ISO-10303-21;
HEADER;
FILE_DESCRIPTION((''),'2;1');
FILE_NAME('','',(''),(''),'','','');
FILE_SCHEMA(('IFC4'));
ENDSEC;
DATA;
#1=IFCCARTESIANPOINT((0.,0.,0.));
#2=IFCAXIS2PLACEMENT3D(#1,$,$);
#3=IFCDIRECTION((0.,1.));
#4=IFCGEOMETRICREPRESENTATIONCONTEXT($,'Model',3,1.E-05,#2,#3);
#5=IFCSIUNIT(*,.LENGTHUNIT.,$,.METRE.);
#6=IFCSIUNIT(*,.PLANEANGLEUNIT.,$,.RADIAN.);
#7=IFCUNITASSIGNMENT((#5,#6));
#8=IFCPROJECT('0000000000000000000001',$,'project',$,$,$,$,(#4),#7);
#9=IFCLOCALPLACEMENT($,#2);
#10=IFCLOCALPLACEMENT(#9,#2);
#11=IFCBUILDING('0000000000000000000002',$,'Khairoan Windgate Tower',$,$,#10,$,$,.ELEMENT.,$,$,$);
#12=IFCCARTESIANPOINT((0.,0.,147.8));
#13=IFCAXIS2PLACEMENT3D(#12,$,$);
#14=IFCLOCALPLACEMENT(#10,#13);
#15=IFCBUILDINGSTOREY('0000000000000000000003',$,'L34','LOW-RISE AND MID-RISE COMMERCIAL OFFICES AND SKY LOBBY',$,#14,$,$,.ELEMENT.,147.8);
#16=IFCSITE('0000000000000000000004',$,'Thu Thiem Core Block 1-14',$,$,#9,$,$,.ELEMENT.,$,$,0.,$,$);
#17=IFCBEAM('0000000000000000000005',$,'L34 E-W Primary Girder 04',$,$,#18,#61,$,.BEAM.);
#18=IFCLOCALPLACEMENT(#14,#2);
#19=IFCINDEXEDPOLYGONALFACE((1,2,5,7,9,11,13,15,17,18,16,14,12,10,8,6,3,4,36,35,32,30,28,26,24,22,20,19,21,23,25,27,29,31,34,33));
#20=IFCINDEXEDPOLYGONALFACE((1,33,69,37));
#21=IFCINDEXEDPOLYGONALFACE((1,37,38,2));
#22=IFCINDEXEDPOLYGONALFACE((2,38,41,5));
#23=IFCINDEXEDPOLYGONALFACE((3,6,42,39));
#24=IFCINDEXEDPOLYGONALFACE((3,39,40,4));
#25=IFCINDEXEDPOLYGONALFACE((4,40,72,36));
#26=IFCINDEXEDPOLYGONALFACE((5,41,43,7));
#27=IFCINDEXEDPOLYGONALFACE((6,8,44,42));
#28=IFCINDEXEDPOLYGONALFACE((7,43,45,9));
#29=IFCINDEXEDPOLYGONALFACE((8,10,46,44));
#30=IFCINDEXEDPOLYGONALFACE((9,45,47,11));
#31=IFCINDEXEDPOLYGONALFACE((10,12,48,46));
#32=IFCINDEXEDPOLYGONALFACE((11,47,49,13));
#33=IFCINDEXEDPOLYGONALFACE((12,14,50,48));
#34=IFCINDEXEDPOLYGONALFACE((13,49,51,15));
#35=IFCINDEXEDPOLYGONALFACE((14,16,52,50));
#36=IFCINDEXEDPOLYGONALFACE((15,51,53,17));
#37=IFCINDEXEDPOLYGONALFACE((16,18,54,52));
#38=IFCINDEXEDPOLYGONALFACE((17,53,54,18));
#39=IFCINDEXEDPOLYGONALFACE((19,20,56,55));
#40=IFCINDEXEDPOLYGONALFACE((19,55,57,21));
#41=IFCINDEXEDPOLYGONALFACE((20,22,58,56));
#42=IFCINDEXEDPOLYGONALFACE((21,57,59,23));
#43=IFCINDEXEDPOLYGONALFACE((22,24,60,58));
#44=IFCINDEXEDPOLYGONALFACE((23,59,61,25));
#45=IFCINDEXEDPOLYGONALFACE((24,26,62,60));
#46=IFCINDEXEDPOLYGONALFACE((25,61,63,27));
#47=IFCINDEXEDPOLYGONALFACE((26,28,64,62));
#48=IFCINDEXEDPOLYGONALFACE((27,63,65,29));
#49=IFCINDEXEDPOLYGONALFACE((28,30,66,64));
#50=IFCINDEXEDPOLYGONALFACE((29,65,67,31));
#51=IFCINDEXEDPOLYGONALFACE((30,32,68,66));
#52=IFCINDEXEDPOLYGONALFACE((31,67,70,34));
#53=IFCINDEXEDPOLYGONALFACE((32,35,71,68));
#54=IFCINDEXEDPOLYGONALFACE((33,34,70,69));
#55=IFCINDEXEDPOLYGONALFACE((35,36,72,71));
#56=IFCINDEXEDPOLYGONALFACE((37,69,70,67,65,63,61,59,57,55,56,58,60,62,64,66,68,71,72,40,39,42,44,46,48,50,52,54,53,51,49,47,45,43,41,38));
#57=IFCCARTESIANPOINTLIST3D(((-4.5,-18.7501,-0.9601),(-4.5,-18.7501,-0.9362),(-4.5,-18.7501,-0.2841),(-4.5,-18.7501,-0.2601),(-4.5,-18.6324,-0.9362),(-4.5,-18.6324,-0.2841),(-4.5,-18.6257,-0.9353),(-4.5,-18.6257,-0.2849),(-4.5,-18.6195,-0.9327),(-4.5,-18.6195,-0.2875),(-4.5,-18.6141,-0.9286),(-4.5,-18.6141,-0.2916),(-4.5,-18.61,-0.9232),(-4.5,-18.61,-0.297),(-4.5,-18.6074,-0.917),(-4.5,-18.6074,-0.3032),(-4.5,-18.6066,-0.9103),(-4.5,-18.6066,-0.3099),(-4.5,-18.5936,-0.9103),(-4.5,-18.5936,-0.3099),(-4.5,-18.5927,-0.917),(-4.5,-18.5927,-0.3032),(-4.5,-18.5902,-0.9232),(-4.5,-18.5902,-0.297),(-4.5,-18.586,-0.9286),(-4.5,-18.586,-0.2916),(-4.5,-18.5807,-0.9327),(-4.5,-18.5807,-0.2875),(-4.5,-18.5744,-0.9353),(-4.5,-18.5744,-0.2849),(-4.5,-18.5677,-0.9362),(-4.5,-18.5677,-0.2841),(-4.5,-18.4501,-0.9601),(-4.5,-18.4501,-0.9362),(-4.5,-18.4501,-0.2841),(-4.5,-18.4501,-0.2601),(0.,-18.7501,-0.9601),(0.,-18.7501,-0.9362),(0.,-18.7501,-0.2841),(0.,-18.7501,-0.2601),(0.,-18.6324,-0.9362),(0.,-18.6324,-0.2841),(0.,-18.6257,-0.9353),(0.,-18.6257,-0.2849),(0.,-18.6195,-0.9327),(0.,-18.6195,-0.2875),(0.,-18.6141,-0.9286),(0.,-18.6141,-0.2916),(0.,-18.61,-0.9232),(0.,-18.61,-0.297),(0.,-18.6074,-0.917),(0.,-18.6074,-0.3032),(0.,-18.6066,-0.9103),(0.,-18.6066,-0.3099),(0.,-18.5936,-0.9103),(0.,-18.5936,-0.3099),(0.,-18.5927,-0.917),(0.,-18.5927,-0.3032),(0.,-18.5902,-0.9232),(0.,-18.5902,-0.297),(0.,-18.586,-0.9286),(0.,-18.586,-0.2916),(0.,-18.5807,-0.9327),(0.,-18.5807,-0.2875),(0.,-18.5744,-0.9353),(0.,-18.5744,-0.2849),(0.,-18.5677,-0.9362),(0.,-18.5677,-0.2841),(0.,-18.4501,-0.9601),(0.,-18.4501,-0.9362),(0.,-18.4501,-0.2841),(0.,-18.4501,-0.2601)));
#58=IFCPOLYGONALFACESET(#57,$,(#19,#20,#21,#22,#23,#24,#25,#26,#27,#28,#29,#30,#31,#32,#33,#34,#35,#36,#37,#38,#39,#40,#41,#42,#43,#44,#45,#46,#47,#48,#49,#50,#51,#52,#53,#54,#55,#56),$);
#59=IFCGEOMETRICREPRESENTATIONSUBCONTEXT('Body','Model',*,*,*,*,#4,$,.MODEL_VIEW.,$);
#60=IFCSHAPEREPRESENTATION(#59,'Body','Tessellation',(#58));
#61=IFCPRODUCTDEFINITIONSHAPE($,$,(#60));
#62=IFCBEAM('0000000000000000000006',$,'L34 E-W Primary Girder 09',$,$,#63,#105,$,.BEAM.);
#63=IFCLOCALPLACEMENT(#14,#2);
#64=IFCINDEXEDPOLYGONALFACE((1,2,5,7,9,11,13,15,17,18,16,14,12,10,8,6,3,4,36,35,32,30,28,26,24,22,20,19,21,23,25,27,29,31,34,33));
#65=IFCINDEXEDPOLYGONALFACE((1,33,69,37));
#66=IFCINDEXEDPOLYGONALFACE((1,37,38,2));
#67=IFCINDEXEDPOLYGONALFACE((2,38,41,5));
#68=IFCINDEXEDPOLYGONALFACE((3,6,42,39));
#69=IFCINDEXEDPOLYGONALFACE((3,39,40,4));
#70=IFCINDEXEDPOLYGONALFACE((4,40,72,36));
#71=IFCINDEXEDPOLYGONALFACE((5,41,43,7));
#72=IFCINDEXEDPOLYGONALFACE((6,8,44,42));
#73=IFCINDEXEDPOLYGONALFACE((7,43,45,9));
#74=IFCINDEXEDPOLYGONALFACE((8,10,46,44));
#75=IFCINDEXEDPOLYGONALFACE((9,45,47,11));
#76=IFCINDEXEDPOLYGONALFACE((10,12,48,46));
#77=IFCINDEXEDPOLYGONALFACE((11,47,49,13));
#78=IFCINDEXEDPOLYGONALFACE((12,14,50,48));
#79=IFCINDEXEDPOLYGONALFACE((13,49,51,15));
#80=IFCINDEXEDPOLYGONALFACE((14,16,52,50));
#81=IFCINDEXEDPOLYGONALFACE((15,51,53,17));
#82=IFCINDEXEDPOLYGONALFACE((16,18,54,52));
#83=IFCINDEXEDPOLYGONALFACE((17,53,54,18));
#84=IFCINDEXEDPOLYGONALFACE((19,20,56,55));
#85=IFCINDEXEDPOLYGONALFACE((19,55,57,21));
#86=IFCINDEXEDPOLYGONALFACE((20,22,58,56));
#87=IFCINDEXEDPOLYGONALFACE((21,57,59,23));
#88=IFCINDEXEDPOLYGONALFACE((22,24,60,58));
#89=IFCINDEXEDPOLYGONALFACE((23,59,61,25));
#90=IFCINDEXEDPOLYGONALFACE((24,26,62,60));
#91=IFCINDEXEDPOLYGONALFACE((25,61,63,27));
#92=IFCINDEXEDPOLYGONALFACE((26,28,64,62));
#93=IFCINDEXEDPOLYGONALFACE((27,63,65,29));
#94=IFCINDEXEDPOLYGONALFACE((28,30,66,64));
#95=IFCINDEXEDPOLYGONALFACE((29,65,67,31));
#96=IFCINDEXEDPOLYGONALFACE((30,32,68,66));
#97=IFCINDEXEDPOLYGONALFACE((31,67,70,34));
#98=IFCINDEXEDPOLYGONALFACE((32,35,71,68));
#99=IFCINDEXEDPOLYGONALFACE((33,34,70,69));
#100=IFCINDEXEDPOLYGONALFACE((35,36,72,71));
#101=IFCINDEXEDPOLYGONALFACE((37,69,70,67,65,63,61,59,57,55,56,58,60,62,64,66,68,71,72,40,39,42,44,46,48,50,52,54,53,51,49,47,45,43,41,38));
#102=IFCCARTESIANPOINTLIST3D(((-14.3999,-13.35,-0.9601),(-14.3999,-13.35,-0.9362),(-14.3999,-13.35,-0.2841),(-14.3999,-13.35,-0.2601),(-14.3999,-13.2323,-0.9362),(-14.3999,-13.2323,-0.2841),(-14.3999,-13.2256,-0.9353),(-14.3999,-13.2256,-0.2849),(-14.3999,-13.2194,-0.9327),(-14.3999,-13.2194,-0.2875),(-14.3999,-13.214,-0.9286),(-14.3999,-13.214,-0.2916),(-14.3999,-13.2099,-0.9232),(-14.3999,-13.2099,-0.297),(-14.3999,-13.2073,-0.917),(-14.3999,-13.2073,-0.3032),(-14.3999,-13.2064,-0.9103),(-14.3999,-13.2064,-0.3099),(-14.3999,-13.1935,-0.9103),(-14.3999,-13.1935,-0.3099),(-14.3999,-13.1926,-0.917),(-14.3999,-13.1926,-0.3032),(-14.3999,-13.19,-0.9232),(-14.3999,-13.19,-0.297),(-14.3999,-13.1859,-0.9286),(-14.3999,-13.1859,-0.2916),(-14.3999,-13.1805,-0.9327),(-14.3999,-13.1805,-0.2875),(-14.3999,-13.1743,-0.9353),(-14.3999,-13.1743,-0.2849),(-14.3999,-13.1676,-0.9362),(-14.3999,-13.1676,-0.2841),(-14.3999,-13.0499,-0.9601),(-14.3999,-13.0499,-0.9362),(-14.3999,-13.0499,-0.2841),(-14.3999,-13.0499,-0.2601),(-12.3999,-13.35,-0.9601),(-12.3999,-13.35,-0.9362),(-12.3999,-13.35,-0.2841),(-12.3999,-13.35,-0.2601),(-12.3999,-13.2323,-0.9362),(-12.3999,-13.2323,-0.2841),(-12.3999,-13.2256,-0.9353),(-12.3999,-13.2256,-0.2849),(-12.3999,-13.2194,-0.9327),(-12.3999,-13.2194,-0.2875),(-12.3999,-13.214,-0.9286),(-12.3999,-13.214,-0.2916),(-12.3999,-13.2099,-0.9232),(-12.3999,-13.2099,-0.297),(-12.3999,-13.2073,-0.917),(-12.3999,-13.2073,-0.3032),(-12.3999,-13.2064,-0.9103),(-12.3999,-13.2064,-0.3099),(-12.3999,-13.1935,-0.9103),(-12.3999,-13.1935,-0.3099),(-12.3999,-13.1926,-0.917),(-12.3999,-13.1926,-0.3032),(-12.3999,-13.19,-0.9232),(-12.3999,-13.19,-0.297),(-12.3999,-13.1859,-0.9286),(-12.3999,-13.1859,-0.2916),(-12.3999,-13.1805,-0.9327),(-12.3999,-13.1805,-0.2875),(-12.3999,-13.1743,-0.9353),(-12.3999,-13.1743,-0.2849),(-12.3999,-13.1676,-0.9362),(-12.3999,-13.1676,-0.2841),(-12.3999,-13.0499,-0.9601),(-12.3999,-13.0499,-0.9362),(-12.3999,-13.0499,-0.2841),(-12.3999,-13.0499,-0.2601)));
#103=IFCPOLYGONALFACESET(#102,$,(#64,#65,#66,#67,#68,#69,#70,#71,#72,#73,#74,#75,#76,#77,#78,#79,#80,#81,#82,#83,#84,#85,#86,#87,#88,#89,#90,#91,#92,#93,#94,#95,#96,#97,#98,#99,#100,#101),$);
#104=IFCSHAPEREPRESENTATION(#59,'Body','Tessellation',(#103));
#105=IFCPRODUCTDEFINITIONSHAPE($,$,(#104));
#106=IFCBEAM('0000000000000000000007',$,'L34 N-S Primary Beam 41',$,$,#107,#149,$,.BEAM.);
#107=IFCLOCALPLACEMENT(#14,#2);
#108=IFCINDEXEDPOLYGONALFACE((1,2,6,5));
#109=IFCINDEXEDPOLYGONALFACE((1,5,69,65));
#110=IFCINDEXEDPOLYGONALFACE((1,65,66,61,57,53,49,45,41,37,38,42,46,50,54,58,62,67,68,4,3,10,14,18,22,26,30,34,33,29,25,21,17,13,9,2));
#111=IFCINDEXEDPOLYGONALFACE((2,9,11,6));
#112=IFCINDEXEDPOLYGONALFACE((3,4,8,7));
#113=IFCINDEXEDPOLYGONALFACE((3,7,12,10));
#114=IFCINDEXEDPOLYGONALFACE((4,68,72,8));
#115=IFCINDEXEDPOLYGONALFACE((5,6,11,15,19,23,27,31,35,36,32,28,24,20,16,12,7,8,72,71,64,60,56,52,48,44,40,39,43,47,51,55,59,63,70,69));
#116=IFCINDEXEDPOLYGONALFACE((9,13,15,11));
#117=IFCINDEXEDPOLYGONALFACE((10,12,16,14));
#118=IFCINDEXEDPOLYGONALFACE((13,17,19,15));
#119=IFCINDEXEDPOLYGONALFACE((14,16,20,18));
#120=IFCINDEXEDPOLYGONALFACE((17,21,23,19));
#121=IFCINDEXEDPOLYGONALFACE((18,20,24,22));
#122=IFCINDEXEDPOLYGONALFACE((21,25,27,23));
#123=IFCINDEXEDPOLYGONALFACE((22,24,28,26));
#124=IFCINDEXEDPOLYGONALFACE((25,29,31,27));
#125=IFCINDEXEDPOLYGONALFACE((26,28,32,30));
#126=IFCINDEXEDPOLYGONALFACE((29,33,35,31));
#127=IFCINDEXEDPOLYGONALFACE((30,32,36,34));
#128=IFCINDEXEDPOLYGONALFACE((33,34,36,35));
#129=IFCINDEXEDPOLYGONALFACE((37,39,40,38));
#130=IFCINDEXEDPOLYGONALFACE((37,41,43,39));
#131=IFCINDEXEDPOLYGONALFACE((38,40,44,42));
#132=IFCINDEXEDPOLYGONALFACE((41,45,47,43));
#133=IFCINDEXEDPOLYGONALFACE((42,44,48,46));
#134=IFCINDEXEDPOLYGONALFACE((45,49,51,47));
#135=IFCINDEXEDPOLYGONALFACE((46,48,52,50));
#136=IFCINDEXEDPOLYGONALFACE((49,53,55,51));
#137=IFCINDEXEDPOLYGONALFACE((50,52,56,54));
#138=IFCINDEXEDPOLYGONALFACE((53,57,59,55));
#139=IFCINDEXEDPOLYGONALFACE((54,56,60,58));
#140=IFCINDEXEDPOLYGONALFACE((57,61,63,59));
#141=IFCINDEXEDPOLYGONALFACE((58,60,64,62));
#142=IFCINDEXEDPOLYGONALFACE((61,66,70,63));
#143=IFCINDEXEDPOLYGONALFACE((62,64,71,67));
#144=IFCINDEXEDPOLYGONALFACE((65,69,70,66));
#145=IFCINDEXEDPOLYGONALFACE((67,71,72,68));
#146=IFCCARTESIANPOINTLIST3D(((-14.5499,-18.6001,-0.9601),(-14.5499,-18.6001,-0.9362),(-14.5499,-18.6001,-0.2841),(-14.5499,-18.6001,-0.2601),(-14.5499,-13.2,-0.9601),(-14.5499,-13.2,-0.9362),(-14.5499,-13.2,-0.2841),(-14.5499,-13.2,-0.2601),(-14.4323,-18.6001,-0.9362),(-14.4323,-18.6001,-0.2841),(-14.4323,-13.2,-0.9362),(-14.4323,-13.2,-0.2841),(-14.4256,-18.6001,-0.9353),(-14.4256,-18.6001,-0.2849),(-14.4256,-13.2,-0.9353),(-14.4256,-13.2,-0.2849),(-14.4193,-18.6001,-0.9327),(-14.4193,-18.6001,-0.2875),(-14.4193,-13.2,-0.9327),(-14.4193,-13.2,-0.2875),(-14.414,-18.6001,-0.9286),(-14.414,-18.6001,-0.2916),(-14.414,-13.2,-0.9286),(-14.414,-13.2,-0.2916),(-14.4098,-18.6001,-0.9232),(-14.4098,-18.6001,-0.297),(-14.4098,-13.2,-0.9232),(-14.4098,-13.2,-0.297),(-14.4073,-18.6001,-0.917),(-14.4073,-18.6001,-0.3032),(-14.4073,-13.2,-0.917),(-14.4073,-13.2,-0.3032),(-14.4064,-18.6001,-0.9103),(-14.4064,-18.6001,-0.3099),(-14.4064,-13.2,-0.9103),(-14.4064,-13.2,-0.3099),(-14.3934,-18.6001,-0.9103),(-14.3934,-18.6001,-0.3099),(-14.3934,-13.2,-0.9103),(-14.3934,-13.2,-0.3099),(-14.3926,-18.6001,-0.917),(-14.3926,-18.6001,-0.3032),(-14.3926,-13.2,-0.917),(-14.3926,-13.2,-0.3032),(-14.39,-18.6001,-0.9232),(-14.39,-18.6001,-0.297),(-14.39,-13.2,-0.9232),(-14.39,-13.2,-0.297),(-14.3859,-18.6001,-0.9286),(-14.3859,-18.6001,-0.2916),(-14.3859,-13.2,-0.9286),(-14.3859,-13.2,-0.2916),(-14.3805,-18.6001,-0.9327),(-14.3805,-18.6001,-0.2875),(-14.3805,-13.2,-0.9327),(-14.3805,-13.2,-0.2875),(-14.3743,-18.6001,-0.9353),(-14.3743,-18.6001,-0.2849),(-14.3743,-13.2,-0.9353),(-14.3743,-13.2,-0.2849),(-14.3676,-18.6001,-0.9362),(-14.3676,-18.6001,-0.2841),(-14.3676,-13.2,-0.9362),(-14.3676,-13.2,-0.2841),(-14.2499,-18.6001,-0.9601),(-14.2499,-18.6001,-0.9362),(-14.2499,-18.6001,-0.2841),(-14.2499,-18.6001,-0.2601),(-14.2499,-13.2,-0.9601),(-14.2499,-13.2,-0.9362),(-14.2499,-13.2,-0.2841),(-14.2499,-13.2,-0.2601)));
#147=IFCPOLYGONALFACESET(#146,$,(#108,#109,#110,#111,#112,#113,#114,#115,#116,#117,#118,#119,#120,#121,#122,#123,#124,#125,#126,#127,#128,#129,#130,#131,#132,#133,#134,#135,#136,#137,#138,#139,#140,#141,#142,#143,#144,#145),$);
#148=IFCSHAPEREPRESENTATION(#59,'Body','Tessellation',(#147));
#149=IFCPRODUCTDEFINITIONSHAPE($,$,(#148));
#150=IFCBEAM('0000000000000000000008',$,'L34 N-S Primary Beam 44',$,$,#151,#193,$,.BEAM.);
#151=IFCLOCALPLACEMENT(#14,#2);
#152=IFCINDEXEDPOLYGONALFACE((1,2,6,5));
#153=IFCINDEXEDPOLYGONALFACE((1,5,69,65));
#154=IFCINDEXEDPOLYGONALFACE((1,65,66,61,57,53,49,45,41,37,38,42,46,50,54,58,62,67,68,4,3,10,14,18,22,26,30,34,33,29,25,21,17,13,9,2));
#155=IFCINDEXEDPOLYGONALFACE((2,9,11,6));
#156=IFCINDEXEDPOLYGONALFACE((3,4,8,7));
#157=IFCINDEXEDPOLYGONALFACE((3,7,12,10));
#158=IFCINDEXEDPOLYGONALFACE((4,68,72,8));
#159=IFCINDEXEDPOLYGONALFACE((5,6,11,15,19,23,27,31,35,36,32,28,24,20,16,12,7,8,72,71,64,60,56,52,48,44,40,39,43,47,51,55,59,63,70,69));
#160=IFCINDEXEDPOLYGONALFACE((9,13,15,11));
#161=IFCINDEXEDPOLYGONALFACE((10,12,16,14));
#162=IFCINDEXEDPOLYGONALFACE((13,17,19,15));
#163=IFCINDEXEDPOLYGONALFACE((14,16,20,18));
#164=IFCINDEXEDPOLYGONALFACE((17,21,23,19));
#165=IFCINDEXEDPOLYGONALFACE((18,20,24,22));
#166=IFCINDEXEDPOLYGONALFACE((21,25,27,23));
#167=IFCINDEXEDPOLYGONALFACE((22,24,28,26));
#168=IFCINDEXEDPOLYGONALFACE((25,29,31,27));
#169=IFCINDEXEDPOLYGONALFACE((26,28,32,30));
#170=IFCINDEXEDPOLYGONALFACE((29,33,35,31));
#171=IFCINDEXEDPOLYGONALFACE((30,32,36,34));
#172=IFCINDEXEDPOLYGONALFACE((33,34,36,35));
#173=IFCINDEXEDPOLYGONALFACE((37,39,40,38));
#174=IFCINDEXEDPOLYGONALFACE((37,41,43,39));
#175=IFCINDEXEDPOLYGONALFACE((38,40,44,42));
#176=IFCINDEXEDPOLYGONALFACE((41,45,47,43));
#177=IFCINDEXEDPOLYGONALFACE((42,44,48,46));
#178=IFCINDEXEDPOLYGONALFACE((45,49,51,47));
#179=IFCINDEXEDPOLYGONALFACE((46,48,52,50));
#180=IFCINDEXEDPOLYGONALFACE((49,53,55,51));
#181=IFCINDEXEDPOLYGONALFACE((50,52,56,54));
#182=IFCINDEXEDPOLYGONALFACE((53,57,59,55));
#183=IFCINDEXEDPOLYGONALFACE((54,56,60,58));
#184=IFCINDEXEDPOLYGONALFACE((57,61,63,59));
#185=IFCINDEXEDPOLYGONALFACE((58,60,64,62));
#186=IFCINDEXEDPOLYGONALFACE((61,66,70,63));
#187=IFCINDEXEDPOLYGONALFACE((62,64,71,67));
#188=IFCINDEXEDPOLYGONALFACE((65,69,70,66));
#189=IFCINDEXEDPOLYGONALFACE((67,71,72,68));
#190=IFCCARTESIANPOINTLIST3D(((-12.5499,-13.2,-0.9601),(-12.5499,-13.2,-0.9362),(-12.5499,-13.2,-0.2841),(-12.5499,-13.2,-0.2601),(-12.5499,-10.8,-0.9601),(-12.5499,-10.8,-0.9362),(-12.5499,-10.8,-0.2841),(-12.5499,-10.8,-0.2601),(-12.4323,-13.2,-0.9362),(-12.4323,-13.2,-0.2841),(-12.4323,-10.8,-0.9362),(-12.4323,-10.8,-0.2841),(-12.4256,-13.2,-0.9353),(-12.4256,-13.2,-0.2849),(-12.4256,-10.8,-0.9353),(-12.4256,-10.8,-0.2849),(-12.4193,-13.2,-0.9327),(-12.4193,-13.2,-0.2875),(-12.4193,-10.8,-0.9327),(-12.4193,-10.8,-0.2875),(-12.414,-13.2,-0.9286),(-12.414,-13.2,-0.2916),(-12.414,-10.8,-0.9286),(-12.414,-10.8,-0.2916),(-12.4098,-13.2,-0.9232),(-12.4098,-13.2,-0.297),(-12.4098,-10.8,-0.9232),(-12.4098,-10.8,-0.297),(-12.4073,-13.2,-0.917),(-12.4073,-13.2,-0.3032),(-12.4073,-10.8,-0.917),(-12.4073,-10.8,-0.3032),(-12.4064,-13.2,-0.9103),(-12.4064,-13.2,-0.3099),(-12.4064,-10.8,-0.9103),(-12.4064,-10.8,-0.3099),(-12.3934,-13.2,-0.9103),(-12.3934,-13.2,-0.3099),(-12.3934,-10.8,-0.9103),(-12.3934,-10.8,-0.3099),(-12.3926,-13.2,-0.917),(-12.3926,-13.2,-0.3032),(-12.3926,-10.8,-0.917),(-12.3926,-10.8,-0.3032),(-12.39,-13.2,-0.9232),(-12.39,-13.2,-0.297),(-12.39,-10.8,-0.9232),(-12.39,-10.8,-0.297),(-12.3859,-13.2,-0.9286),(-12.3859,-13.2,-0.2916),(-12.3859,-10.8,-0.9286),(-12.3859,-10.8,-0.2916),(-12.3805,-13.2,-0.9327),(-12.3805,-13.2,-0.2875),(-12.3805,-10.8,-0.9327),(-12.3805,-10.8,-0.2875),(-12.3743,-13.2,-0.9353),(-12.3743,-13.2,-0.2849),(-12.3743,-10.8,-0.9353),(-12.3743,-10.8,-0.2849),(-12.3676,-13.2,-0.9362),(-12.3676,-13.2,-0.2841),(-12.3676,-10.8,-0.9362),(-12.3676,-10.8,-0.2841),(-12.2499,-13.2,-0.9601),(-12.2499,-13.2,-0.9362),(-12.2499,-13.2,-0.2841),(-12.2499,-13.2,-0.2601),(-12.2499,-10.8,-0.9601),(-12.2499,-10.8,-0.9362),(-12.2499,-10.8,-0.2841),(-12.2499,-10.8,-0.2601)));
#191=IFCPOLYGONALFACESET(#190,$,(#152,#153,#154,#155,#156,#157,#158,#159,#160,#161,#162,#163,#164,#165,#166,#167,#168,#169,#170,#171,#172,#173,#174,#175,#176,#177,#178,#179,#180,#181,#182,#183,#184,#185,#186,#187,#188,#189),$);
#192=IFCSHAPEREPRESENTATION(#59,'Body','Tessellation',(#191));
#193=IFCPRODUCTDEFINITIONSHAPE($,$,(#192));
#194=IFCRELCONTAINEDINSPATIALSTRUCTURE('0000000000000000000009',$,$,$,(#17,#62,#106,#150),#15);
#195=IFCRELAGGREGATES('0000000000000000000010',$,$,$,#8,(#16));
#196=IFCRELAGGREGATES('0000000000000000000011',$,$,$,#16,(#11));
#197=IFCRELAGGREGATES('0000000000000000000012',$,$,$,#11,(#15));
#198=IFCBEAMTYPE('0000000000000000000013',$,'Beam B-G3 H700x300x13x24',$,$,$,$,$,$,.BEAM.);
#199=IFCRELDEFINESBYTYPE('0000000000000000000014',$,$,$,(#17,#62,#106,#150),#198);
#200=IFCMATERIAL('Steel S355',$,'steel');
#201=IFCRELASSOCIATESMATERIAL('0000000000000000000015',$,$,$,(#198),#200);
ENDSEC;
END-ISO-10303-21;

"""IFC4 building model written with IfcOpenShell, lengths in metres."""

from ifc_helpers import new_model, si_unit, direction, frame, origin, origin_2d, place, context, subcontext, project, spatial, i_section, extrude, material, material_profile, profile_set, type_object, element, save


model = new_model("IFC4")

# Units and contexts
model_context = context("Model", 3, precision=1e-05, world=origin(), true_north=direction((0.0, 1.0)))
body_context = subcontext(model_context, "Body", "Model", "MODEL_VIEW")
ifc_project = project(units=[si_unit("LENGTHUNIT", "METRE"), si_unit("PLANEANGLEUNIT", "RADIAN")], contexts=[model_context])

# Site, building, storey
site_placement = place(None, origin())
site = spatial("IfcSite", under=ifc_project, at=site_placement, Name="Thu Thiem Core Block 1-14", CompositionType="ELEMENT", RefElevation=0.0)
building_placement = place(site_placement, origin())
building = spatial("IfcBuilding", under=site, at=building_placement, Name="Khairoan Windgate Tower", CompositionType="ELEMENT")
storey_placement = place(building_placement, frame((0.0, 0.0, 147.8)))
storey = spatial("IfcBuildingStorey", under=building, at=storey_placement, Name="L34", Description="LOW-RISE AND MID-RISE COMMERCIAL OFFICES AND SKY LOBBY", CompositionType="ELEMENT", Elevation=147.8)

# Beams
ifc_material_1 = material(Name="Steel S355", Category="steel")
ifc_material_profile_1 = material_profile(ifc_material_1, i_section(OverallWidth=0.3, OverallDepth=0.7, WebThickness=0.0129, FlangeThickness=0.0239, FilletRadius=0.0259, at=origin_2d()))
ifc_profile_set_1 = profile_set([ifc_material_profile_1], Name="Steel S355")
beam_type_1 = type_object("IfcBeamType", Name="Beam B-G3 H700x300x13x24", PredefinedType="BEAM", material=ifc_profile_set_1)
beam_1_placement = place(storey_placement, frame((-4.5, -18.6001, -0.6101), z_axis=(1.0, 0.0, 0.0), x_axis=(0.0, 1.0, 0.0)))
element("IfcBeam", 1, at=beam_1_placement, inside=storey, type_object=beam_type_1, Name="L34 E-W Primary Girder 04", PredefinedType="BEAM", context=body_context, shape_type="SweptSolid", body=[
    extrude(i_section(OverallWidth=0.3, OverallDepth=0.7, WebThickness=0.0129, FlangeThickness=0.0239, FilletRadius=0.0259, at=origin_2d()), origin(), (0.0, 0.0, 1.0), 4.5),
])
beam_2_placement = place(storey_placement, frame((-14.3999, -13.2, -0.6101), z_axis=(1.0, 0.0, 0.0), x_axis=(0.0, 1.0, 0.0)))
element("IfcBeam", 2, at=beam_2_placement, inside=storey, type_object=beam_type_1, Name="L34 E-W Primary Girder 09", PredefinedType="BEAM", context=body_context, shape_type="SweptSolid", body=[
    extrude(i_section(OverallWidth=0.3, OverallDepth=0.7, WebThickness=0.0129, FlangeThickness=0.0239, FilletRadius=0.0259, at=origin_2d()), origin(), (0.0, 0.0, 1.0), 2.0),
])
beam_3_placement = place(storey_placement, frame((-14.3999, -18.6001, -0.6101), z_axis=(0.0, 1.0, 0.0), x_axis=(-1.0, 0.0, 0.0)))
element("IfcBeam", 3, at=beam_3_placement, inside=storey, type_object=beam_type_1, Name="L34 N-S Primary Beam 41", PredefinedType="BEAM", context=body_context, shape_type="SweptSolid", body=[
    extrude(i_section(OverallWidth=0.3, OverallDepth=0.7, WebThickness=0.0129, FlangeThickness=0.0239, FilletRadius=0.0259, at=origin_2d()), origin(), (0.0, 0.0, 1.0), 5.4001),
])
beam_4_placement = place(storey_placement, frame((-12.3999, -13.2, -0.6101), z_axis=(0.0, 1.0, 0.0), x_axis=(-1.0, 0.0, 0.0)))
element("IfcBeam", 4, at=beam_4_placement, inside=storey, type_object=beam_type_1, Name="L34 N-S Primary Beam 44", PredefinedType="BEAM", context=body_context, shape_type="SweptSolid", body=[
    extrude(i_section(OverallWidth=0.3, OverallDepth=0.7, WebThickness=0.0129, FlangeThickness=0.0239, FilletRadius=0.0259, at=origin_2d()), origin(), (0.0, 0.0, 1.0), 2.3999),
])

save(model, "model.ifc")
